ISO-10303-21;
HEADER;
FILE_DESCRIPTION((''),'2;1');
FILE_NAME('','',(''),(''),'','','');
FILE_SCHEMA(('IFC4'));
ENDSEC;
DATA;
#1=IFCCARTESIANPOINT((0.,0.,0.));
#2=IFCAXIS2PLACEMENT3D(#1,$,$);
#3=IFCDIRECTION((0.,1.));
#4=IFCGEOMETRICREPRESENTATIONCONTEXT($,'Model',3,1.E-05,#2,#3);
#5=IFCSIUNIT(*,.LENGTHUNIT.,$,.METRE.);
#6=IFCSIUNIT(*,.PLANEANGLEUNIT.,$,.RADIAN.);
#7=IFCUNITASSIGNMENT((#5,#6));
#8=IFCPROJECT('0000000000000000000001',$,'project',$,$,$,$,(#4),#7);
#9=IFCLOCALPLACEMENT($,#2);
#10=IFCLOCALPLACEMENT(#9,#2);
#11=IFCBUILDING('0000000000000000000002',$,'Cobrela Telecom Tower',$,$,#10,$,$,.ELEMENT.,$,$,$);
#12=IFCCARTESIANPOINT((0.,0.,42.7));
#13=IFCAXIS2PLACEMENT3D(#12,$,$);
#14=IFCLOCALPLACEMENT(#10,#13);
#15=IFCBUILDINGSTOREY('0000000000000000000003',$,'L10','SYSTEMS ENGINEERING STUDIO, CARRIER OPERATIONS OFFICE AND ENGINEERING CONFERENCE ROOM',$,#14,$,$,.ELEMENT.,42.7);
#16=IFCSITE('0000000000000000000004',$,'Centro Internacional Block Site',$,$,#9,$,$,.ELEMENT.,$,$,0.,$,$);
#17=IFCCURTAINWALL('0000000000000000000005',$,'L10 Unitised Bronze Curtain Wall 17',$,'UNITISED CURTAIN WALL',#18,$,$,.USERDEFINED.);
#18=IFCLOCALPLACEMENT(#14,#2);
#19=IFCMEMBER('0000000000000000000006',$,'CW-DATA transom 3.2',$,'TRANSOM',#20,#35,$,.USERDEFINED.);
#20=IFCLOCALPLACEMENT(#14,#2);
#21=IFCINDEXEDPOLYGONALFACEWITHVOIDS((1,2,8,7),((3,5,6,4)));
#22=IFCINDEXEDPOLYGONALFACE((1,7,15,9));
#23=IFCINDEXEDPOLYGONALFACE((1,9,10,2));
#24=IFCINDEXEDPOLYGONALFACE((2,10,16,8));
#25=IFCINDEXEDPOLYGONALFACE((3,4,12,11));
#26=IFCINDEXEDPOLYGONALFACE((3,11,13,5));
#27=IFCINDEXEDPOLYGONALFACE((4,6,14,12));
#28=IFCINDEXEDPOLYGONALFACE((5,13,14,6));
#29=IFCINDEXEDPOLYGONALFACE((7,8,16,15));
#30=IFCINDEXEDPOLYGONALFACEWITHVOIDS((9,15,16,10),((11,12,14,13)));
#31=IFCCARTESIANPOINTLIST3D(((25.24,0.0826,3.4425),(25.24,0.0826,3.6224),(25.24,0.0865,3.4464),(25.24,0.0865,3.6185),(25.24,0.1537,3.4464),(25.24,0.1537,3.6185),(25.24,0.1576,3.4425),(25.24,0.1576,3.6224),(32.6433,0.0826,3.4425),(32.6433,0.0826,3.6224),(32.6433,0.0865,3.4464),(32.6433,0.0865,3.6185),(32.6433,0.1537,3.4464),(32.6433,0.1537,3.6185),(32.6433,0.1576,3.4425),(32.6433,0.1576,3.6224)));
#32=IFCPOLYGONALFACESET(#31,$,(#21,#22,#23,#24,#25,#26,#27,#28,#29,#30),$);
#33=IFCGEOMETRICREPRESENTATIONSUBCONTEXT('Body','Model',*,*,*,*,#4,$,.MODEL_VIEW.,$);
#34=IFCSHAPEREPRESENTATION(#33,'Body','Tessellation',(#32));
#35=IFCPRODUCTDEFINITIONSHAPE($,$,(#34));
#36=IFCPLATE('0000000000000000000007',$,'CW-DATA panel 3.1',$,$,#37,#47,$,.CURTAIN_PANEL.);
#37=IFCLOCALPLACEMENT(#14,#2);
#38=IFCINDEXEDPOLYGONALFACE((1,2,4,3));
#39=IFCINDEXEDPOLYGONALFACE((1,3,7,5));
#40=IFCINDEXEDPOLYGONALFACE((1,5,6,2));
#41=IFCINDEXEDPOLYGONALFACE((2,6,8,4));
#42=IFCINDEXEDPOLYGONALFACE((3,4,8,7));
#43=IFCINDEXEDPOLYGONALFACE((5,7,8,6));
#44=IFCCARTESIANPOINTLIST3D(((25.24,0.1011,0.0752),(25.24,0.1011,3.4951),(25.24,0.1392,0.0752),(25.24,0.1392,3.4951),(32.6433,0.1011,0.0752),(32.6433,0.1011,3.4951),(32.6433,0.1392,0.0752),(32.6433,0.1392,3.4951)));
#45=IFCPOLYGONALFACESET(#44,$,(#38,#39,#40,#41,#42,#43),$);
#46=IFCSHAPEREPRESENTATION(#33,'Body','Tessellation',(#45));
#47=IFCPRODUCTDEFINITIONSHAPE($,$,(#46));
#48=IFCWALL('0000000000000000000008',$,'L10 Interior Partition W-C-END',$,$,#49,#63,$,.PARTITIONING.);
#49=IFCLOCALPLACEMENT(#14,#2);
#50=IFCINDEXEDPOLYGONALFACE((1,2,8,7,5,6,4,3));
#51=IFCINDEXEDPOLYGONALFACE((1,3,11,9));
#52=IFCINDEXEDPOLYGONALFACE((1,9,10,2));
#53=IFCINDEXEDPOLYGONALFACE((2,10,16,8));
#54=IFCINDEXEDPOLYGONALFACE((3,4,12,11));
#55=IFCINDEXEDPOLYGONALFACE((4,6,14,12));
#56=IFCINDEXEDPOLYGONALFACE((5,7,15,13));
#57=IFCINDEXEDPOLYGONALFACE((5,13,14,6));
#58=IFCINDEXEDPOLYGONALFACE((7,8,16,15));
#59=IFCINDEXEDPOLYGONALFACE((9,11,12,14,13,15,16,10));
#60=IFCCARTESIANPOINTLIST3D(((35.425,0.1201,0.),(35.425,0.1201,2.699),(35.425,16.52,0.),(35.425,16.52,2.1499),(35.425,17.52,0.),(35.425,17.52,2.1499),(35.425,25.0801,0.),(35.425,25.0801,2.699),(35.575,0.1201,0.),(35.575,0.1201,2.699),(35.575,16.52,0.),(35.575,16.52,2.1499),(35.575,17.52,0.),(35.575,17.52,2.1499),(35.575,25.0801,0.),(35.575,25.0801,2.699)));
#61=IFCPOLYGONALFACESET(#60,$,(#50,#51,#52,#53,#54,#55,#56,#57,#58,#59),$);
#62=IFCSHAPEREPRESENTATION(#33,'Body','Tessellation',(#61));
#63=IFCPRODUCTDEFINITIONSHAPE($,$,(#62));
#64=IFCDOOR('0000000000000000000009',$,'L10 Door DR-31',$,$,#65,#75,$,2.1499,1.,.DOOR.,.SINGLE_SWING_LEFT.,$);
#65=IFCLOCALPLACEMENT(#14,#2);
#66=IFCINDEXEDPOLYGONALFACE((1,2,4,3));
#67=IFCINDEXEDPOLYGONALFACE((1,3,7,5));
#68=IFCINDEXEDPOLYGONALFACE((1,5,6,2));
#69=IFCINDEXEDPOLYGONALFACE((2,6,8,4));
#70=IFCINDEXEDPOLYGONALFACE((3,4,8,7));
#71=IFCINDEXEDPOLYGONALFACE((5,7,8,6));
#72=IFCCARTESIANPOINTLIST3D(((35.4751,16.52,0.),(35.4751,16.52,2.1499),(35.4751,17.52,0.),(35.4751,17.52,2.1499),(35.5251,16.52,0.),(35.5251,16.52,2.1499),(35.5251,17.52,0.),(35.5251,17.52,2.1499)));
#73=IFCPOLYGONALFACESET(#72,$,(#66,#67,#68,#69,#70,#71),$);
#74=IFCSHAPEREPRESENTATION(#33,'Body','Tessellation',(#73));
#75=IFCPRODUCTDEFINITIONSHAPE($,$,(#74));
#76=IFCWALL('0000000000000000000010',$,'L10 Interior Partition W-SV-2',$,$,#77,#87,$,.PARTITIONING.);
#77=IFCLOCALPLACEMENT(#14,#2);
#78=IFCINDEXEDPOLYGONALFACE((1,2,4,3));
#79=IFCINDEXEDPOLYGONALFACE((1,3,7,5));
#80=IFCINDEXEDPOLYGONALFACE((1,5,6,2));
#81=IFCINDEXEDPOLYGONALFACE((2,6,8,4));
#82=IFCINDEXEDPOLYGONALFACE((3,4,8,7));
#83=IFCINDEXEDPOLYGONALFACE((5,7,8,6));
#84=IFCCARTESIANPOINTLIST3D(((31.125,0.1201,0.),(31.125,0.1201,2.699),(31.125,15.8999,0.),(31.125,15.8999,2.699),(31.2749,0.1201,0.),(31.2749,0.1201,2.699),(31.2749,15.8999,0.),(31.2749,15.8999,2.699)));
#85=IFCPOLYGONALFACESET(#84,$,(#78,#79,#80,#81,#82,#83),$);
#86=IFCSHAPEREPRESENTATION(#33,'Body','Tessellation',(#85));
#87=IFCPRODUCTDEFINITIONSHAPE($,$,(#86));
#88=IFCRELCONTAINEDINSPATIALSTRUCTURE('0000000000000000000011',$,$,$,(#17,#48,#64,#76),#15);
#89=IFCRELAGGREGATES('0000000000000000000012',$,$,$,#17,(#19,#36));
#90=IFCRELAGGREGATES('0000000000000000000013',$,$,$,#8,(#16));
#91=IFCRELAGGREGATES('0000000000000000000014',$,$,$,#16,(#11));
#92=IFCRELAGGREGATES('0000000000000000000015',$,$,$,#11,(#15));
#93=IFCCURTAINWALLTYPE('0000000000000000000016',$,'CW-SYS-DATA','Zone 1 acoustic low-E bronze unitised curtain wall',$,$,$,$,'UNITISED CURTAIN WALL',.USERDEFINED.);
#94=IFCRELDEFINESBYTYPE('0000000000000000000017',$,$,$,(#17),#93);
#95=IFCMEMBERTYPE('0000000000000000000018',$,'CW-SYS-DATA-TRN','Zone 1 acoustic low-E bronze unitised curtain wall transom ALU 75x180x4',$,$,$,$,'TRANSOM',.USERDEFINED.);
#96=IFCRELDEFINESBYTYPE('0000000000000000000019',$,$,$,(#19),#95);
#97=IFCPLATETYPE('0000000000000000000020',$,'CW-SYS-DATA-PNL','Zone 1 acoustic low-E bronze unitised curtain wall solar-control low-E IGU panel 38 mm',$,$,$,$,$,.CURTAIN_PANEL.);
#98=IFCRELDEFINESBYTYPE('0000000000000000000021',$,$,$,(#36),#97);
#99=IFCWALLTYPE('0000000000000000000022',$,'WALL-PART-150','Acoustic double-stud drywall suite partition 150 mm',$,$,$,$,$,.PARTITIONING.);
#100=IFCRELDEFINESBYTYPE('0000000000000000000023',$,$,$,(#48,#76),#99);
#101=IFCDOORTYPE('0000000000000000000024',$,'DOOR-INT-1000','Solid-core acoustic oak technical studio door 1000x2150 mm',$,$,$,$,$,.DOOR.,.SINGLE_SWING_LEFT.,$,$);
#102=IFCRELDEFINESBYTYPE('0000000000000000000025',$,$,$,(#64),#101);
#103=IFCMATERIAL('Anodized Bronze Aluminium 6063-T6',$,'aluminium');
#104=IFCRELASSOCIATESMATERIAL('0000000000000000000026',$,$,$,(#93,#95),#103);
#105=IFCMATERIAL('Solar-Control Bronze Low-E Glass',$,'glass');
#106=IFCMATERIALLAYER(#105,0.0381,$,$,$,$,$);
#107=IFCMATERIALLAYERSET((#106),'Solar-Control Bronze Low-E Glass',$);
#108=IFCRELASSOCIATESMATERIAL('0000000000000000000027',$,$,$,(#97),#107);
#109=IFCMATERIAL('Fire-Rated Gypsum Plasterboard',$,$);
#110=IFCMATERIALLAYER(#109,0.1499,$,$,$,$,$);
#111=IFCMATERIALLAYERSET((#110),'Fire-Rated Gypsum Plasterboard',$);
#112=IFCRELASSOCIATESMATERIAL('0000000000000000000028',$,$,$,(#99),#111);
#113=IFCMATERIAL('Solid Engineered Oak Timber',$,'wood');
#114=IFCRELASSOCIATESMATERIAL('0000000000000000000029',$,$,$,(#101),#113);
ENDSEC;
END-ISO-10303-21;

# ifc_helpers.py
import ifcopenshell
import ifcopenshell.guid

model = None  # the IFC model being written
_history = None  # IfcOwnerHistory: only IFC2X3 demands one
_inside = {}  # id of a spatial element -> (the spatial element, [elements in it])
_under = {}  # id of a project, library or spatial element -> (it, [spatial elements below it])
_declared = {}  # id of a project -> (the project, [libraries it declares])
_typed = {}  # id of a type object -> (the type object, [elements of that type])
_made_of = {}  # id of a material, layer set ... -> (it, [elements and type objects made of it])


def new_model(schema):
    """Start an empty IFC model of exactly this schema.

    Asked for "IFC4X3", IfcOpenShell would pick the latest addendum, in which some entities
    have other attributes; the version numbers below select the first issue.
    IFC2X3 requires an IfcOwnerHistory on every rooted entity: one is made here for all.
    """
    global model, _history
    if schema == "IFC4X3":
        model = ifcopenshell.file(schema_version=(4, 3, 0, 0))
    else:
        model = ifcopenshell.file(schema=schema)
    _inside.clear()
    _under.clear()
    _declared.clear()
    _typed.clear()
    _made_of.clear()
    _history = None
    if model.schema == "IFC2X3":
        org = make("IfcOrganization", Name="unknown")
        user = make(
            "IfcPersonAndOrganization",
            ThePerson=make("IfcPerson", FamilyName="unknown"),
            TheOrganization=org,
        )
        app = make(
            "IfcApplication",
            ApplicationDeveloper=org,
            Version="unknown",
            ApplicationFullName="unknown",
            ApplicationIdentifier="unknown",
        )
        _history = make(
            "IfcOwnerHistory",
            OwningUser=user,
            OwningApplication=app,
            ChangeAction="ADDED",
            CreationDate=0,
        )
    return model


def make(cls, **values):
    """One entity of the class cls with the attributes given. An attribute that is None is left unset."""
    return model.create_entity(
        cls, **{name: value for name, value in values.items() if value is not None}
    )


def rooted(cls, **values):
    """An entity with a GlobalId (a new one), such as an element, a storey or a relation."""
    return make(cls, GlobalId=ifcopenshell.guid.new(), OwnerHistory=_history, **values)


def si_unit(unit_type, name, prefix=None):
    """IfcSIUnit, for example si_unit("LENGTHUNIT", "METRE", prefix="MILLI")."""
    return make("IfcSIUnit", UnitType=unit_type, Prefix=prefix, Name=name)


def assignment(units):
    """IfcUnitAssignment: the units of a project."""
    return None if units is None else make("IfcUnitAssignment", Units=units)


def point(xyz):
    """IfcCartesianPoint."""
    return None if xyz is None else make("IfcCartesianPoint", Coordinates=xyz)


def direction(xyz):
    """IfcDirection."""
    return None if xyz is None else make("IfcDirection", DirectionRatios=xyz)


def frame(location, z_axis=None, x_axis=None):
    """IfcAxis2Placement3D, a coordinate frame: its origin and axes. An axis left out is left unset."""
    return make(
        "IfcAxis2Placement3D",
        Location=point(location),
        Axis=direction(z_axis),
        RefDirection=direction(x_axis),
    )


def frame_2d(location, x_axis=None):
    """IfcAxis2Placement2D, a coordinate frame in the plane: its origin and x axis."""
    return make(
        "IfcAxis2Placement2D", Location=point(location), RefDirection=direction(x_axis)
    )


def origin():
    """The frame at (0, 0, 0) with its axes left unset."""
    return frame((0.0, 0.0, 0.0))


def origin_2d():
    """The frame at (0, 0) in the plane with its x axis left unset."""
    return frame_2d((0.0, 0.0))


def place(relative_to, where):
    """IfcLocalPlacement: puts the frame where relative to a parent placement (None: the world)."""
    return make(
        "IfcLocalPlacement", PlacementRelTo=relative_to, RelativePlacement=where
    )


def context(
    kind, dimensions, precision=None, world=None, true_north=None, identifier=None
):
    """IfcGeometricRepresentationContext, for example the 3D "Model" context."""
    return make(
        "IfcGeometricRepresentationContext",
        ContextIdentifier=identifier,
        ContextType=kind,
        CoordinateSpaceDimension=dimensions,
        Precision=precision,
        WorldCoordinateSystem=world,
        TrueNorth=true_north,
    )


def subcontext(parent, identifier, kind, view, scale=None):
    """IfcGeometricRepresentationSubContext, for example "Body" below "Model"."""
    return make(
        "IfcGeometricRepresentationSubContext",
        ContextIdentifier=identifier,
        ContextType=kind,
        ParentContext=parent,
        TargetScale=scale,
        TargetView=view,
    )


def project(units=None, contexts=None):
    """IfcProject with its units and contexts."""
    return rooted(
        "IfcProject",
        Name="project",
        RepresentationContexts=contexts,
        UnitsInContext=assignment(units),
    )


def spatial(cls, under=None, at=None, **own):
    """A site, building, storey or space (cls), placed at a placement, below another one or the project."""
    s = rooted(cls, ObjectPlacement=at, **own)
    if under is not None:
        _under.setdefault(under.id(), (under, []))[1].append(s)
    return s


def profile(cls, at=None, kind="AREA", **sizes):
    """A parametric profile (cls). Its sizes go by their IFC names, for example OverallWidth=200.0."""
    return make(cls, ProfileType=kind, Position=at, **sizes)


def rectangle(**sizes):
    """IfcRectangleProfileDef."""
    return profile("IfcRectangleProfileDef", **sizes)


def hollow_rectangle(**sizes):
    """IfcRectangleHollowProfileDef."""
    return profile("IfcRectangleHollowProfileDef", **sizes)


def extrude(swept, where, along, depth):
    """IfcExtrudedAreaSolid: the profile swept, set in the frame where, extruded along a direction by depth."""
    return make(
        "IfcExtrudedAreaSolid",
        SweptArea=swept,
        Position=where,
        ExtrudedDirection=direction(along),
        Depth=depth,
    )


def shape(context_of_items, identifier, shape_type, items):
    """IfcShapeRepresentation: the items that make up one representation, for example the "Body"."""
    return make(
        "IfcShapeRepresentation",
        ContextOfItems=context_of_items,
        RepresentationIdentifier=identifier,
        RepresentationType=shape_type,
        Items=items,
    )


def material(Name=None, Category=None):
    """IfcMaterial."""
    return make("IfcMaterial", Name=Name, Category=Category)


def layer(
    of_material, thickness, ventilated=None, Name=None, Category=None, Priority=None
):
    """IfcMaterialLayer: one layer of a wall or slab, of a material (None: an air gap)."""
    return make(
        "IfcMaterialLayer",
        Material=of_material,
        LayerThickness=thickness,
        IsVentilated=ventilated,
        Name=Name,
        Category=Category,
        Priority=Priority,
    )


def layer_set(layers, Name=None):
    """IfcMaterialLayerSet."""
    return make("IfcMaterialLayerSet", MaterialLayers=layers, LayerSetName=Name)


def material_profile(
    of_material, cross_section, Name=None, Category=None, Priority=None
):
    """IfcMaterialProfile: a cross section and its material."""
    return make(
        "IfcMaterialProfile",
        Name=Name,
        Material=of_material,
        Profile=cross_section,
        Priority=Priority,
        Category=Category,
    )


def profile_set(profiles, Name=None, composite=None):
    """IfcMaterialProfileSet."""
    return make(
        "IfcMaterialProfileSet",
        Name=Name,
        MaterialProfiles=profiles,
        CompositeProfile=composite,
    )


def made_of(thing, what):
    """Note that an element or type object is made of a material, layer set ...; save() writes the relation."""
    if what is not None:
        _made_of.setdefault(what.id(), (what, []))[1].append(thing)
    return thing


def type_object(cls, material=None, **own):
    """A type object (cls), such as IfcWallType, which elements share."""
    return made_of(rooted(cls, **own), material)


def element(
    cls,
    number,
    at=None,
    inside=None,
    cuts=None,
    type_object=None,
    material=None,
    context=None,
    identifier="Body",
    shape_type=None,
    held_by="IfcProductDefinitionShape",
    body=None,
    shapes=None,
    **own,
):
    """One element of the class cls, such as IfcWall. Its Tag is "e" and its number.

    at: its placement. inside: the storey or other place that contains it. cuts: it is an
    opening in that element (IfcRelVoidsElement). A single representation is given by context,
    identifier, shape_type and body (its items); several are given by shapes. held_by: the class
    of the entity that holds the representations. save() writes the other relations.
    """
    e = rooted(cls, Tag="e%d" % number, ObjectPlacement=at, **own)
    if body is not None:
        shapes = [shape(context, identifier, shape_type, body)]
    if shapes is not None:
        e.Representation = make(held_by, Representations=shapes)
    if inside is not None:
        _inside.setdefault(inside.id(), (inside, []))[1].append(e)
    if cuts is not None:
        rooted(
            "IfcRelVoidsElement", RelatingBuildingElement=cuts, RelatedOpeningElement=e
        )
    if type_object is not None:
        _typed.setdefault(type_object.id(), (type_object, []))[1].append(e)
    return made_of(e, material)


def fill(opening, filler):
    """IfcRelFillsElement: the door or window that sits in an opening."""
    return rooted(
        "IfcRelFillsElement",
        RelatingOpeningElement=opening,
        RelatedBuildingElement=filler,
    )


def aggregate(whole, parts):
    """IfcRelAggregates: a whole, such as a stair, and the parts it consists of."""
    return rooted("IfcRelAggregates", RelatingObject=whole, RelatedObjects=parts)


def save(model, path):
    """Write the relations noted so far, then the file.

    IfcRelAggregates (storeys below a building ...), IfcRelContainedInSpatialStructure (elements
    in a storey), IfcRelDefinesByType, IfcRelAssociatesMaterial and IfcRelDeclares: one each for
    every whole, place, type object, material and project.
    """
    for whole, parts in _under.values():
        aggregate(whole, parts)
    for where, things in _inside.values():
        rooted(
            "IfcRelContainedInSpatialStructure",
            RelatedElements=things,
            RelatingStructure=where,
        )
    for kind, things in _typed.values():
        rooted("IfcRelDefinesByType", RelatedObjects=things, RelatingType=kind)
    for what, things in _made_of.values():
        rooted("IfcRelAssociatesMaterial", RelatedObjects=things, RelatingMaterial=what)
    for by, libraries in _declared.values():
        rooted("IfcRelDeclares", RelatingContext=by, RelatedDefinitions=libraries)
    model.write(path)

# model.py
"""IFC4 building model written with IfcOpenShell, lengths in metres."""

from ifc_helpers import new_model, si_unit, direction, frame, frame_2d, origin, origin_2d, place, context, subcontext, project, spatial, rectangle, hollow_rectangle, extrude, material, layer, layer_set, material_profile, profile_set, type_object, element, fill, aggregate, save


model = new_model("IFC4")

# Units and contexts
model_context = context("Model", 3, precision=1e-05, world=origin(), true_north=direction((0.0, 1.0)))
body_context = subcontext(model_context, "Body", "Model", "MODEL_VIEW")
ifc_project = project(units=[si_unit("LENGTHUNIT", "METRE"), si_unit("PLANEANGLEUNIT", "RADIAN")], contexts=[model_context])

# Site, building, storey
site_placement = place(None, origin())
site = spatial("IfcSite", under=ifc_project, at=site_placement, Name="Centro Internacional Block Site", CompositionType="ELEMENT", RefElevation=0.0)
building_placement = place(site_placement, origin())
building = spatial("IfcBuilding", under=site, at=building_placement, Name="Cobrela Telecom Tower", CompositionType="ELEMENT")
storey_placement = place(building_placement, frame((0.0, 0.0, 42.7)))
storey = spatial("IfcBuildingStorey", under=building, at=storey_placement, Name="L10", Description="SYSTEMS ENGINEERING STUDIO, CARRIER OPERATIONS OFFICE AND ENGINEERING CONFERENCE ROOM", CompositionType="ELEMENT", Elevation=42.7)

# Curtain wall, member, plate
ifc_material_1 = material(Name="Anodized Bronze Aluminium 6063-T6", Category="aluminium")
curtain_wall_type = type_object("IfcCurtainWallType", Name="CW-SYS-DATA", Description="Zone 1 acoustic low-E bronze unitised curtain wall", ElementType="UNITISED CURTAIN WALL", PredefinedType="USERDEFINED", material=ifc_material_1)
curtain_wall_placement = place(storey_placement, origin())
curtain_wall = element("IfcCurtainWall", 1, at=curtain_wall_placement, inside=storey, type_object=curtain_wall_type, Name="L10 Unitised Bronze Curtain Wall 17", ObjectType="UNITISED CURTAIN WALL", PredefinedType="USERDEFINED")
ifc_material_profile_1 = material_profile(ifc_material_1, hollow_rectangle(XDim=0.075, YDim=0.1799, WallThickness=0.0039, at=origin_2d()), Name="ALU 75x180x4")
ifc_profile_set_1 = profile_set([ifc_material_profile_1], Name="Anodized Bronze Aluminium 6063-T6")
member_type_1 = type_object("IfcMemberType", Name="CW-SYS-DATA-TRN", Description="Zone 1 acoustic low-E bronze unitised curtain wall transom ALU 75x180x4", ElementType="TRANSOM", PredefinedType="USERDEFINED", material=ifc_profile_set_1)
member_1_placement = place(storey_placement, frame((32.6433, 0.1201, 3.5325), z_axis=(-1.0, 0.0, 0.0), x_axis=(0.0, -1.0, 0.0)))
member_1 = element("IfcMember", 2, at=member_1_placement, type_object=member_type_1, Name="CW-DATA transom 3.2", ObjectType="TRANSOM", PredefinedType="USERDEFINED", context=body_context, shape_type="SweptSolid", body=[
    extrude(hollow_rectangle(XDim=0.075, YDim=0.1799, WallThickness=0.0039, at=origin_2d()), origin(), (0.0, 0.0, 1.0), 7.4033),
])
ifc_material_2 = material(Name="Solar-Control Bronze Low-E Glass", Category="glass")
ifc_layer_1 = layer(ifc_material_2, 0.0381)
ifc_layer_set_1 = layer_set([ifc_layer_1], Name="Solar-Control Bronze Low-E Glass")
plate_type = type_object("IfcPlateType", Name="CW-SYS-DATA-PNL", Description="Zone 1 acoustic low-E bronze unitised curtain wall solar-control low-E IGU panel 38 mm", PredefinedType="CURTAIN_PANEL", material=ifc_layer_set_1)
plate_placement = place(storey_placement, frame((28.9417, 0.1201, 0.0752), z_axis=(0.0, 0.0, 1.0), x_axis=(-1.0, 0.0, 0.0)))
plate = element("IfcPlate", 3, at=plate_placement, type_object=plate_type, Name="CW-DATA panel 3.1", PredefinedType="CURTAIN_PANEL", context=body_context, shape_type="SweptSolid", body=[
    extrude(rectangle(XDim=7.4033, YDim=0.0381, at=origin_2d()), origin(), (0.0, 0.0, 1.0), 3.4199),
])
aggregate(curtain_wall, [member_1, plate])

# Wall, opening, door
ifc_material_3 = material(Name="Fire-Rated Gypsum Plasterboard")
ifc_layer_2 = layer(ifc_material_3, 0.1499)
ifc_layer_set_2 = layer_set([ifc_layer_2], Name="Fire-Rated Gypsum Plasterboard")
wall_type = type_object("IfcWallType", Name="WALL-PART-150", Description="Acoustic double-stud drywall suite partition 150 mm", PredefinedType="PARTITIONING", material=ifc_layer_set_2)
wall_1_placement = place(storey_placement, frame((35.5, 0.1201, 0.0), z_axis=(0.0, 0.0, 1.0), x_axis=(0.0, 1.0, 0.0)))
wall_1 = element("IfcWall", 4, at=wall_1_placement, inside=storey, type_object=wall_type, Name="L10 Interior Partition W-C-END", PredefinedType="PARTITIONING", context=body_context, shape_type="SweptSolid", body=[
    extrude(rectangle(XDim=24.96, YDim=0.1499, at=frame_2d((12.48, 0.0))), origin(), (0.0, 0.0, 1.0), 2.699),
])
opening_placement = place(wall_1_placement, frame((16.3999, 0.0, 0.0)))
opening = element("IfcOpeningElement", 5, at=opening_placement, cuts=wall_1, PredefinedType="OPENING", context=body_context, shape_type="SweptSolid", body=[
    extrude(rectangle(XDim=1.0, YDim=2.1499, at=frame_2d((0.5, 1.075))), frame((0.0, 0.0869, 0.0), z_axis=(0.0, -1.0, 0.0), x_axis=(1.0, 0.0, 0.0)), (0.0, 0.0, 1.0), 0.1738),
])
ifc_material_4 = material(Name="Solid Engineered Oak Timber", Category="wood")
door_type = type_object("IfcDoorType", Name="DOOR-INT-1000", Description="Solid-core acoustic oak technical studio door 1000x2150 mm", OperationType="SINGLE_SWING_LEFT", PredefinedType="DOOR", material=ifc_material_4)
door_placement = place(opening_placement, origin())
door = element("IfcDoor", 6, at=door_placement, inside=storey, type_object=door_type, Name="L10 Door DR-31", OperationType="SINGLE_SWING_LEFT", OverallHeight=2.1499, OverallWidth=1.0, PredefinedType="DOOR", context=body_context, shape_type="SweptSolid", body=[
    extrude(rectangle(XDim=1.0, YDim=2.1499, at=frame_2d((0.5, 1.075))), frame((0.0, 0.0249, 0.0), z_axis=(0.0, -1.0, 0.0), x_axis=(1.0, 0.0, 0.0)), (0.0, 0.0, 1.0), 0.05),
])
fill(opening, door)

# Wall
wall_2_placement = place(storey_placement, frame((31.2, 0.1201, 0.0), z_axis=(0.0, 0.0, 1.0), x_axis=(0.0, 1.0, 0.0)))
element("IfcWall", 7, at=wall_2_placement, inside=storey, type_object=wall_type, Name="L10 Interior Partition W-SV-2", PredefinedType="PARTITIONING", context=body_context, shape_type="SweptSolid", body=[
    extrude(rectangle(XDim=15.7798, YDim=0.1499, at=frame_2d((7.8899, 0.0))), origin(), (0.0, 0.0, 1.0), 2.699),
])

save(model, "model.ifc")
